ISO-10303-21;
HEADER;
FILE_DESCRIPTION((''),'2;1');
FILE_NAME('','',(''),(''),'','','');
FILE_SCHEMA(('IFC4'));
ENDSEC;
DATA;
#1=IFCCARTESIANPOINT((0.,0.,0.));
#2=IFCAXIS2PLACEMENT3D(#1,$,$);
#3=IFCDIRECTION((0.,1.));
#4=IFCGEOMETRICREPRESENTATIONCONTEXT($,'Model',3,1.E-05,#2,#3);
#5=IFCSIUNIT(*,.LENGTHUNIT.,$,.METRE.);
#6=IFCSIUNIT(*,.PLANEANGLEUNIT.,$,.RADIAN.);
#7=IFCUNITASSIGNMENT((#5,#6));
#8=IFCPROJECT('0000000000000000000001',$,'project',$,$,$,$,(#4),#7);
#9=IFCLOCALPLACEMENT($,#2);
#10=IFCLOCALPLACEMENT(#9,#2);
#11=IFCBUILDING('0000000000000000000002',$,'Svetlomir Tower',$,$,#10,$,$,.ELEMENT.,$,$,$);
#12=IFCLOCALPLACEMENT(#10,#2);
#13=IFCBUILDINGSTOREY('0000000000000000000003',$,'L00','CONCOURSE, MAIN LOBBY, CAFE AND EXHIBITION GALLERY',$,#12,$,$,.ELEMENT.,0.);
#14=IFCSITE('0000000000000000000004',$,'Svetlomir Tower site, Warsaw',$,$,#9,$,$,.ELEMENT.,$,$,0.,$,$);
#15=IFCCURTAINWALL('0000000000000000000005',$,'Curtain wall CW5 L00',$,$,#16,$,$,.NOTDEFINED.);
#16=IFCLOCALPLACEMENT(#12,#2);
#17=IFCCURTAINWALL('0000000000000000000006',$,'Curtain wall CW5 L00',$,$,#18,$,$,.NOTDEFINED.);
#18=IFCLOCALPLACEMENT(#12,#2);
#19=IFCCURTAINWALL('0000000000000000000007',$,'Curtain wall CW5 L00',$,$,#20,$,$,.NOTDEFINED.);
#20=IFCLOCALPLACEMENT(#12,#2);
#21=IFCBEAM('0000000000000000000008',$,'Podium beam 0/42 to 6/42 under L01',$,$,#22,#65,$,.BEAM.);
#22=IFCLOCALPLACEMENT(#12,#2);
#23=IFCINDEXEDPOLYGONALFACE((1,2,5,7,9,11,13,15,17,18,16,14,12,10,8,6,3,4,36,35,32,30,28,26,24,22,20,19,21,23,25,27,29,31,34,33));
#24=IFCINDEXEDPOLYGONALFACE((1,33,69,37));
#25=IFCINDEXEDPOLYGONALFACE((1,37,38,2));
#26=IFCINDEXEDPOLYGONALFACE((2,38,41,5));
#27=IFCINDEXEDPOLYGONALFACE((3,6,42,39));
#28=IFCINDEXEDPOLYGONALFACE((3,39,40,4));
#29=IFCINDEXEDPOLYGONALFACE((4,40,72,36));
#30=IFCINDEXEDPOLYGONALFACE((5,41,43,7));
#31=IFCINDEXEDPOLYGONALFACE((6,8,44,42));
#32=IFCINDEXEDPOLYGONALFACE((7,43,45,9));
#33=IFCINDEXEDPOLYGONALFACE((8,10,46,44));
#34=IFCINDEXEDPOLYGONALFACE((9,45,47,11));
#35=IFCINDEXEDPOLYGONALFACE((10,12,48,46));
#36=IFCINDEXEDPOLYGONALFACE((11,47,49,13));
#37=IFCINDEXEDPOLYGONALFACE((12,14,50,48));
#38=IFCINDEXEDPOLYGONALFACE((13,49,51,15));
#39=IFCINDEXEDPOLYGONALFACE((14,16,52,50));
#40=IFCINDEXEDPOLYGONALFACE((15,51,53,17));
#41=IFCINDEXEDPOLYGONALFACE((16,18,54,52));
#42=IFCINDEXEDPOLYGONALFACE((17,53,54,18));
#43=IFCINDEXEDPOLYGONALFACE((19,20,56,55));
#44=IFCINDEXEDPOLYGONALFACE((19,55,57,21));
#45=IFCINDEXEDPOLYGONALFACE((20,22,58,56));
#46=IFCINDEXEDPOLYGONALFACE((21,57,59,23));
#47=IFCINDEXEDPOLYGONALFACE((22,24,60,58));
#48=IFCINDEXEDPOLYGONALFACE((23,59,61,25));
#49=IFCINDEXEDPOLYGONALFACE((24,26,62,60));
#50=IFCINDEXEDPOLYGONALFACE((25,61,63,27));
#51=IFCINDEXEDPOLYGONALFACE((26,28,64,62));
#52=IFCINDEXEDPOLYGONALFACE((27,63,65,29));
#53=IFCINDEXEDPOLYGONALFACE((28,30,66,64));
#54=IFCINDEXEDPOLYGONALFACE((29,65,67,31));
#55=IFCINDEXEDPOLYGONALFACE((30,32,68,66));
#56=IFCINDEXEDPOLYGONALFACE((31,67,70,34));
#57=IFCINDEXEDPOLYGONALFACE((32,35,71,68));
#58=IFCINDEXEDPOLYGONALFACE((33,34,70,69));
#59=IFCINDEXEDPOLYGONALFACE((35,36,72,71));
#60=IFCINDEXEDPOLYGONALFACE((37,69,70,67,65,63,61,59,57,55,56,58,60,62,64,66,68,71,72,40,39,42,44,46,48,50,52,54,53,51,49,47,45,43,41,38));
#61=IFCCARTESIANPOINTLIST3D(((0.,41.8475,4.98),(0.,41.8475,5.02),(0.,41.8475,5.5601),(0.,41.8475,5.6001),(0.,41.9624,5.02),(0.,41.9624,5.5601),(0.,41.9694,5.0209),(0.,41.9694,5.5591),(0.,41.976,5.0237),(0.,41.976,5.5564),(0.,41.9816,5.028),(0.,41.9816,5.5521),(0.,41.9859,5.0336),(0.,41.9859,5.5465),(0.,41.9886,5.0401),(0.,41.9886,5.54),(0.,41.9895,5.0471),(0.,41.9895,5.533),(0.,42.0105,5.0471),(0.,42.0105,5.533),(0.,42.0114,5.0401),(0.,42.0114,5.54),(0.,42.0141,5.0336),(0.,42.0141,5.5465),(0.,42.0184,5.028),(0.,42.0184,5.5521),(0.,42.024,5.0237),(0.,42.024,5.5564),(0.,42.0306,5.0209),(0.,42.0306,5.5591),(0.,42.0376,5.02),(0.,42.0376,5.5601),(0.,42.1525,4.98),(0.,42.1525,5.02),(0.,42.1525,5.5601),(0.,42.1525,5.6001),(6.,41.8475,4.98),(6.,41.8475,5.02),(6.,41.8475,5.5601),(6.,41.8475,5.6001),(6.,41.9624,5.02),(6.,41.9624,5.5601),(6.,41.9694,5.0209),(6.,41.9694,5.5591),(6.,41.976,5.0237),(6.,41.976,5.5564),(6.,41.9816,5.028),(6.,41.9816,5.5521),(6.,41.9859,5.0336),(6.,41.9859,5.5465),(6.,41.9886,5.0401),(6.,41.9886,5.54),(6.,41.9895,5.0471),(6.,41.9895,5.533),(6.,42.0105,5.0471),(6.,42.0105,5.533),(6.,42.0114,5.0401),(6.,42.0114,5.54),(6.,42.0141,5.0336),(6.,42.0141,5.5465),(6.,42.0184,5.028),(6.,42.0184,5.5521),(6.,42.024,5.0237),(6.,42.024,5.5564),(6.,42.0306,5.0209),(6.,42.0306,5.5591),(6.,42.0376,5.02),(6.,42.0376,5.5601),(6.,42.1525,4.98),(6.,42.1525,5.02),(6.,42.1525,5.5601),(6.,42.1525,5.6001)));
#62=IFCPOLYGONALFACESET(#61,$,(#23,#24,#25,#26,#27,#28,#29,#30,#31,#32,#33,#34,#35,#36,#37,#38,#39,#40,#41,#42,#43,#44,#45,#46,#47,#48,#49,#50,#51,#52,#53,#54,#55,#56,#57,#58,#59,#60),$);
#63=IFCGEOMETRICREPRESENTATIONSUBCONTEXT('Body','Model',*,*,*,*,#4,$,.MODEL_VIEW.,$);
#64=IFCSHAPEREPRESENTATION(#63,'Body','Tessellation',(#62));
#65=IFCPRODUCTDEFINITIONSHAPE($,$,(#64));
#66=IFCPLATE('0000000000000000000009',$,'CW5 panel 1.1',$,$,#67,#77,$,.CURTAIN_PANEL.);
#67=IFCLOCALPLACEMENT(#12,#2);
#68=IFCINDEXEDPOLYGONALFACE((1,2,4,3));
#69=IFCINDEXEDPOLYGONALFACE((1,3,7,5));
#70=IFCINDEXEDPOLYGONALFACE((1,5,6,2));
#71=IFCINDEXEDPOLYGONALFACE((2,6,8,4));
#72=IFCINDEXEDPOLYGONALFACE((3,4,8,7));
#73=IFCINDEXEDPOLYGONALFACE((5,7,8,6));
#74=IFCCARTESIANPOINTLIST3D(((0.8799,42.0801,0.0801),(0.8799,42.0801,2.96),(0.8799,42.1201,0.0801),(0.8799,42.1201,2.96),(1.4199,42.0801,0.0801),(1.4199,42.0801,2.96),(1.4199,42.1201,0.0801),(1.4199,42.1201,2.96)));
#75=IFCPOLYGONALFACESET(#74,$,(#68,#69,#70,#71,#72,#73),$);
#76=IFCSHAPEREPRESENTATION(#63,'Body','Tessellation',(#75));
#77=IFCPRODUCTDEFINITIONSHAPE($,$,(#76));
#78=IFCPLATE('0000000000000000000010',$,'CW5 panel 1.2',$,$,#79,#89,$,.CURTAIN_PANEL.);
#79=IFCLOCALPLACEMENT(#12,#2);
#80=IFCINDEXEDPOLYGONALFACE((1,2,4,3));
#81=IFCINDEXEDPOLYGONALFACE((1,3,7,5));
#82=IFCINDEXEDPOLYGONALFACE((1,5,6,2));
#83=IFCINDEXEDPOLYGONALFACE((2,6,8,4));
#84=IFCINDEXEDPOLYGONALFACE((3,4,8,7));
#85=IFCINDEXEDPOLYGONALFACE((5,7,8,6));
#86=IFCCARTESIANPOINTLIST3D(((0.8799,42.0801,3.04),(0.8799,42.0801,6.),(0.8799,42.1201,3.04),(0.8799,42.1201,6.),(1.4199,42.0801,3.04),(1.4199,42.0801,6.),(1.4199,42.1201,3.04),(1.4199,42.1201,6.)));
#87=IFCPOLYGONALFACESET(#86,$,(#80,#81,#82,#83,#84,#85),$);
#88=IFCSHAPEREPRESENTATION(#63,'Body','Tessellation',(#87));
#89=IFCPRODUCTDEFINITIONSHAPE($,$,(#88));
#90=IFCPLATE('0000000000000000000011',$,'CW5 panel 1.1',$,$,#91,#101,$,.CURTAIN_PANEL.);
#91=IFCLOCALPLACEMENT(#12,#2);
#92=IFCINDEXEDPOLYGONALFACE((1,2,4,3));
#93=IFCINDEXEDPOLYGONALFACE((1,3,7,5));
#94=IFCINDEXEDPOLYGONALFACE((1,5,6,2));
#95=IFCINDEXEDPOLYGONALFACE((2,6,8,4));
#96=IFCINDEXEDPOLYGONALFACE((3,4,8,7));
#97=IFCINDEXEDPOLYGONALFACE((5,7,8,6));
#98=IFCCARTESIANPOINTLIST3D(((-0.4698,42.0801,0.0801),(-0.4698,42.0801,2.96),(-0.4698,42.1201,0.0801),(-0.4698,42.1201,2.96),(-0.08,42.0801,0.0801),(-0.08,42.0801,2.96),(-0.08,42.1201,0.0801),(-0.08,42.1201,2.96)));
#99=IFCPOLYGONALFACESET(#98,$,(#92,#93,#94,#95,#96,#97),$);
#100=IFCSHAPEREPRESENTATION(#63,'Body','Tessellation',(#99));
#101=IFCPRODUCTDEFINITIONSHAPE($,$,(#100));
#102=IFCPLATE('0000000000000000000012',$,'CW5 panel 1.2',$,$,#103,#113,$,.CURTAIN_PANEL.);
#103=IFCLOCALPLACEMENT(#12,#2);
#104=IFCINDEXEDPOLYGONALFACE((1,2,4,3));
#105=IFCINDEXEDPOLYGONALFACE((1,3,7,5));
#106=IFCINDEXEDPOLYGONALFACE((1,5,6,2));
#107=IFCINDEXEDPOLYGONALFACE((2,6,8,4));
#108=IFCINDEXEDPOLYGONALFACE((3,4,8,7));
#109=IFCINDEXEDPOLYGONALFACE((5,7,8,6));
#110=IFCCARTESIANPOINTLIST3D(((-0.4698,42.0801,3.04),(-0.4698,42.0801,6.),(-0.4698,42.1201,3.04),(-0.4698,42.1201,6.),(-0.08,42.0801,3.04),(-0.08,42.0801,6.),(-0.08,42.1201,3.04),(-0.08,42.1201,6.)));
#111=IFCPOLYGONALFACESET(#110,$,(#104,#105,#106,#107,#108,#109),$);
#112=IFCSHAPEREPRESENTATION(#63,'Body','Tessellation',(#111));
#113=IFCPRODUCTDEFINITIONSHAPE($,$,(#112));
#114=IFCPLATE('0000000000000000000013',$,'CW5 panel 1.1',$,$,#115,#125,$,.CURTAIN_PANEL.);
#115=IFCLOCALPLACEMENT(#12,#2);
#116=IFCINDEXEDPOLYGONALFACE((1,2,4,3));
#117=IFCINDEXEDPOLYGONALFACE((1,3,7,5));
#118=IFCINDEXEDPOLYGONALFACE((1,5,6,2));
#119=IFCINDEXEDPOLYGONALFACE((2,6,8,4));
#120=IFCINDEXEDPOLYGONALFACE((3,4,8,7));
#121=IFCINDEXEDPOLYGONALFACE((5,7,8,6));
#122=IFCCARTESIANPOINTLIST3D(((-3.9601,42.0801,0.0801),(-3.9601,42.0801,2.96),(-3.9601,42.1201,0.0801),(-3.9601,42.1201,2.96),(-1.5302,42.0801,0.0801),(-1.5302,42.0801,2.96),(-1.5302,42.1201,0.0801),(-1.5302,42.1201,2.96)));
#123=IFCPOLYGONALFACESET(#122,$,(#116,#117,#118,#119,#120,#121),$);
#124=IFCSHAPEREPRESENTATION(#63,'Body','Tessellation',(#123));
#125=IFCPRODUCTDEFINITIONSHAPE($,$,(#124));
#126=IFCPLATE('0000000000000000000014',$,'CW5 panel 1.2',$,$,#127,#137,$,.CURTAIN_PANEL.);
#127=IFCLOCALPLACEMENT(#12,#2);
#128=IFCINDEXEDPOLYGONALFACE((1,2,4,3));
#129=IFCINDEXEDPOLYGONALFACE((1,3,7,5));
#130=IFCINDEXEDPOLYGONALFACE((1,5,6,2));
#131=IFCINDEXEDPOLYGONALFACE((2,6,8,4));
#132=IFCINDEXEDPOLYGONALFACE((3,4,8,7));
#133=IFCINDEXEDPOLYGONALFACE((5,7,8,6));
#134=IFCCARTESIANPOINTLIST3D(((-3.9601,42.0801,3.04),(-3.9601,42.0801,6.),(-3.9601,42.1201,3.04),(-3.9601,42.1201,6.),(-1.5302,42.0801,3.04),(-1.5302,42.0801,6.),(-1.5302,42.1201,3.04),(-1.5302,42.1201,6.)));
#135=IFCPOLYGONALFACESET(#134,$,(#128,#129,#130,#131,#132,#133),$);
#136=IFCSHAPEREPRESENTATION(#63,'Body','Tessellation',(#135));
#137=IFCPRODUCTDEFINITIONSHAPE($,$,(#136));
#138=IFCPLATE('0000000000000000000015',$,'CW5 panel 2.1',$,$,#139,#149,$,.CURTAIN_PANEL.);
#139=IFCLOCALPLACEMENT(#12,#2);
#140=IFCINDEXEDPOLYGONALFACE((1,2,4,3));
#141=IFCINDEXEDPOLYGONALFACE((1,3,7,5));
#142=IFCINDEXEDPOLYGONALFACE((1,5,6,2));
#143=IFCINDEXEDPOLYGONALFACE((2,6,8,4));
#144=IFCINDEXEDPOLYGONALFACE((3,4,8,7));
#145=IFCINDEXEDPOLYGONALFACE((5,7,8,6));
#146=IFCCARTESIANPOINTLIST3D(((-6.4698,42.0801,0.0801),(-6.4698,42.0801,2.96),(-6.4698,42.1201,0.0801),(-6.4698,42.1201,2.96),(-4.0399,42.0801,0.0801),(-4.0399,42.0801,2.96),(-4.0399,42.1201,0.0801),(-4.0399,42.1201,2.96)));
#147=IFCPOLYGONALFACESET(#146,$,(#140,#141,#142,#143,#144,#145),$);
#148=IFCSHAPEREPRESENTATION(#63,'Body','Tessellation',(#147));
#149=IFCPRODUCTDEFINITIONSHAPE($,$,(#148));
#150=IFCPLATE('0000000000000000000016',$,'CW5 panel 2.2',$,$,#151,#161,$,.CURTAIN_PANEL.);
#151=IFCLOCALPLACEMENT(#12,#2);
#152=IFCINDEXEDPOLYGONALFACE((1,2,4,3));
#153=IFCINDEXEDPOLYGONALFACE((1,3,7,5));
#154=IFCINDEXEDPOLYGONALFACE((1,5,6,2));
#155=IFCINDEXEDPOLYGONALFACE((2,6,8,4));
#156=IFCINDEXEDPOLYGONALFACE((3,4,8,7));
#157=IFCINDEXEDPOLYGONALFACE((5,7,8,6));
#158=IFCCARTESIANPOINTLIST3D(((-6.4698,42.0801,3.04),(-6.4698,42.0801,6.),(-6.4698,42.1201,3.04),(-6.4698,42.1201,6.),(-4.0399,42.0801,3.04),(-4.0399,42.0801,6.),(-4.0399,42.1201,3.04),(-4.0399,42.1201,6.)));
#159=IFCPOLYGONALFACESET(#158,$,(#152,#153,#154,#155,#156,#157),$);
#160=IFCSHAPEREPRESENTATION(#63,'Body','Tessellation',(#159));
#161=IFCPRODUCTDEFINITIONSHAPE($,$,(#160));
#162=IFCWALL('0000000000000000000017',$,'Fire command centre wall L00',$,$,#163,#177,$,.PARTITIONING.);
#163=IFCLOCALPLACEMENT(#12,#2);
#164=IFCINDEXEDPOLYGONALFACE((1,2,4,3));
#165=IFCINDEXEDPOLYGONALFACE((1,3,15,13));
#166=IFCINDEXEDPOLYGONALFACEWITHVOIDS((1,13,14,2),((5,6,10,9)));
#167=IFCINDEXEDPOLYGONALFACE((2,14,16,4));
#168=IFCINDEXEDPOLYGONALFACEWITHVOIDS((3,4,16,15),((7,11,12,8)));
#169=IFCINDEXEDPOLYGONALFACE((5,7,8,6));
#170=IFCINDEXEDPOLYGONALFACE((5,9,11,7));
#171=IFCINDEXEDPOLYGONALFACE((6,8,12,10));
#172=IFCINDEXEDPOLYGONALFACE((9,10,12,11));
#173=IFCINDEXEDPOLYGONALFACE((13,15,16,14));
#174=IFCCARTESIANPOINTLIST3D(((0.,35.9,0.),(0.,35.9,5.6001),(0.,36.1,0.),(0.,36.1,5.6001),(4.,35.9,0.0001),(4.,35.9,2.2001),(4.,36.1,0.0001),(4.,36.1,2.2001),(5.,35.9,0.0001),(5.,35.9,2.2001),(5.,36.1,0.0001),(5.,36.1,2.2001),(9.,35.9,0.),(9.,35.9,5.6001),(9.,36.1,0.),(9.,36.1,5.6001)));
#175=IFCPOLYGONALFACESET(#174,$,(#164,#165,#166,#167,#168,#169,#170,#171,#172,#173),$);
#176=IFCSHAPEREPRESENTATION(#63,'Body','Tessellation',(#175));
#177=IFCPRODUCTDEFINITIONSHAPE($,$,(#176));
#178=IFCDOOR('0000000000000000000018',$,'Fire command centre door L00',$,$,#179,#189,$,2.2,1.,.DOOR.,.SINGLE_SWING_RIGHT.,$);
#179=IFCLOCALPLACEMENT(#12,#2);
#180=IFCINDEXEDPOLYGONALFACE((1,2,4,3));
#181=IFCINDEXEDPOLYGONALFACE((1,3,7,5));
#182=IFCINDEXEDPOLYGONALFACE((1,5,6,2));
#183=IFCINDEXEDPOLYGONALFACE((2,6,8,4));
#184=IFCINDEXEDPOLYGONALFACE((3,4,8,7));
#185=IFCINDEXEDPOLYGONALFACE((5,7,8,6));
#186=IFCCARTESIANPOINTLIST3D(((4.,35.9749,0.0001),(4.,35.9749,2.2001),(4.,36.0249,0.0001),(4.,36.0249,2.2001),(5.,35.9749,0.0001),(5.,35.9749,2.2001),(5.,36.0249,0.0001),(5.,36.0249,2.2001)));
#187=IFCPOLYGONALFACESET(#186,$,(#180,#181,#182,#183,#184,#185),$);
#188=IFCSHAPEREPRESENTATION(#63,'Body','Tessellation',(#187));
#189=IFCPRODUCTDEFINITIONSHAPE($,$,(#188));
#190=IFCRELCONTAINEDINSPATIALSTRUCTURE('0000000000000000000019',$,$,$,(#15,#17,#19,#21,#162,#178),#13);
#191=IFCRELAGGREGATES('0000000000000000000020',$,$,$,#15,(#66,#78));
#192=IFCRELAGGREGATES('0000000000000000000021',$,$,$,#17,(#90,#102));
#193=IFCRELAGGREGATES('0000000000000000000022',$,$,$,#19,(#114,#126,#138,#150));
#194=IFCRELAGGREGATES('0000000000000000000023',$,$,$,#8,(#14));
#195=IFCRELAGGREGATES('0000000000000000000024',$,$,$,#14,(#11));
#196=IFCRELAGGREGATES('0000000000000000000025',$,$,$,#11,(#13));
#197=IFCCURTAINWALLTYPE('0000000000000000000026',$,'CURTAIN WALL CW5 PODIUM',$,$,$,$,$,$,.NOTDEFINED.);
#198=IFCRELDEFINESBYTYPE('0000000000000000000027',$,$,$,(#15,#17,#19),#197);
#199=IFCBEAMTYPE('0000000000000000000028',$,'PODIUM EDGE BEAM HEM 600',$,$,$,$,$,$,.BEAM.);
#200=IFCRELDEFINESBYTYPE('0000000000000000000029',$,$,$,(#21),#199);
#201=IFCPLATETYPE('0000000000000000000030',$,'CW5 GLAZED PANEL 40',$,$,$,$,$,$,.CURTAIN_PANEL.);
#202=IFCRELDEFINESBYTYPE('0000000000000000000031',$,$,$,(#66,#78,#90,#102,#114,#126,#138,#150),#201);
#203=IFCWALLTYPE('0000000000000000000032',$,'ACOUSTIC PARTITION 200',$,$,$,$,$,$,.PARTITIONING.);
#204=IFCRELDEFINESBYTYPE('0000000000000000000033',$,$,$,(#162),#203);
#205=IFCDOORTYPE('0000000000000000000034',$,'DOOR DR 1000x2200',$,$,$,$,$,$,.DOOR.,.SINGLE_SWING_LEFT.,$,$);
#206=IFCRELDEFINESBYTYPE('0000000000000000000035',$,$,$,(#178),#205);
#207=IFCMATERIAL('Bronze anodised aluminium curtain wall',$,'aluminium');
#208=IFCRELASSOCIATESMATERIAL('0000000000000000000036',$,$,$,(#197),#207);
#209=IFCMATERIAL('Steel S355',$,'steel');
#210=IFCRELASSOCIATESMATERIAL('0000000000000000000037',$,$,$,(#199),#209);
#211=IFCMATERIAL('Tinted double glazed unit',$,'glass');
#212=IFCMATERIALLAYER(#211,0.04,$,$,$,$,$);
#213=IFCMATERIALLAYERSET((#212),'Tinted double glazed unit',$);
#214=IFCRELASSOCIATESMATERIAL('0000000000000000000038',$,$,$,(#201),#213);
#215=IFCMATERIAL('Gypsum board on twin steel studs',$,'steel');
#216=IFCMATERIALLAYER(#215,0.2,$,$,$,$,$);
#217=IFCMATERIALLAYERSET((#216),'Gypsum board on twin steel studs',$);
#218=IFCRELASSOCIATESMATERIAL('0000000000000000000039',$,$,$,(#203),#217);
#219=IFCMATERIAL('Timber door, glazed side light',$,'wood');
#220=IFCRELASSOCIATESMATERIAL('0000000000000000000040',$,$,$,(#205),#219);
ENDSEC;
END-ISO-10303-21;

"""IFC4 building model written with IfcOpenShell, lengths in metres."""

from ifc_helpers import new_model, si_unit, direction, frame, frame_2d, origin, origin_2d, place, context, subcontext, project, spatial, rectangle, i_section, extrude, material, layer, layer_set, material_profile, profile_set, type_object, element, fill, aggregate, save


model = new_model("IFC4")

# Units and contexts
model_context = context("Model", 3, precision=1e-05, world=origin(), true_north=direction((0.0, 1.0)))
body_context = subcontext(model_context, "Body", "Model", "MODEL_VIEW")
ifc_project = project(units=[si_unit("LENGTHUNIT", "METRE"), si_unit("PLANEANGLEUNIT", "RADIAN")], contexts=[model_context])

# Site, building, storey
site_placement = place(None, origin())
site = spatial("IfcSite", under=ifc_project, at=site_placement, Name="Svetlomir Tower site, Warsaw", CompositionType="ELEMENT", RefElevation=0.0)
building_placement = place(site_placement, origin())
building = spatial("IfcBuilding", under=site, at=building_placement, Name="Svetlomir Tower", CompositionType="ELEMENT")
storey_placement = place(building_placement, origin())
storey = spatial("IfcBuildingStorey", under=building, at=storey_placement, Name="L00", Description="CONCOURSE, MAIN LOBBY, CAFE AND EXHIBITION GALLERY", CompositionType="ELEMENT", Elevation=0.0)

# Curtain wall
ifc_material_1 = material(Name="Bronze anodised aluminium curtain wall", Category="aluminium")
curtain_wall_type = type_object("IfcCurtainWallType", Name="CURTAIN WALL CW5 PODIUM", PredefinedType="NOTDEFINED", material=ifc_material_1)
curtain_wall_1_placement = place(storey_placement, origin())
curtain_wall_1 = element("IfcCurtainWall", 1, at=curtain_wall_1_placement, inside=storey, type_object=curtain_wall_type, Name="Curtain wall CW5 L00", PredefinedType="NOTDEFINED")

# Curtain walls
curtain_wall_2_placement = place(storey_placement, origin())
curtain_wall_2 = element("IfcCurtainWall", 2, at=curtain_wall_2_placement, inside=storey, type_object=curtain_wall_type, Name="Curtain wall CW5 L00", PredefinedType="NOTDEFINED")
curtain_wall_3_placement = place(storey_placement, origin())
curtain_wall_3 = element("IfcCurtainWall", 3, at=curtain_wall_3_placement, inside=storey, type_object=curtain_wall_type, Name="Curtain wall CW5 L00", PredefinedType="NOTDEFINED")

# Beam
ifc_material_2 = material(Name="Steel S355", Category="steel")
ifc_material_profile_1 = material_profile(ifc_material_2, i_section(OverallWidth=0.3049, OverallDepth=0.6201, WebThickness=0.021, FlangeThickness=0.04, FilletRadius=0.0271, at=origin_2d()), Name="HEM 600")
ifc_profile_set_1 = profile_set([ifc_material_profile_1], Name="Steel S355")
beam_type_1 = type_object("IfcBeamType", Name="PODIUM EDGE BEAM HEM 600", PredefinedType="BEAM", material=ifc_profile_set_1)
for number, where, z_axis, x_axis, name in (
    (4, (0.0, 42.0, 5.29), (1.0, 0.0, 0.0), (0.0, 1.0, 0.0), "Podium beam 0/42 to 6/42 under L01"),
):
    element("IfcBeam", number, at=place(storey_placement, frame(where, z_axis=z_axis, x_axis=x_axis)), inside=storey, type_object=beam_type_1, Name=name, PredefinedType="BEAM", context=body_context, shape_type="SweptSolid", body=[
        extrude(i_section(OverallWidth=0.3049, OverallDepth=0.6201, WebThickness=0.021, FlangeThickness=0.04, FilletRadius=0.0271, at=origin_2d()), origin(), (0.0, 0.0, 1.0), 6.0),
    ])

# Plates
ifc_material_3 = material(Name="Tinted double glazed unit", Category="glass")
ifc_layer_1 = layer(ifc_material_3, 0.04)
ifc_layer_set_1 = layer_set([ifc_layer_1], Name="Tinted double glazed unit")
plate_type = type_object("IfcPlateType", Name="CW5 GLAZED PANEL 40", PredefinedType="CURTAIN_PANEL", material=ifc_layer_set_1)
plate_1_placement = place(storey_placement, frame((1.1499, 42.1001, 0.0801), z_axis=(0.0, 0.0, 1.0), x_axis=(-1.0, 0.0, 0.0)))
plate_1 = element("IfcPlate", 5, at=plate_1_placement, type_object=plate_type, Name="CW5 panel 1.1", PredefinedType="CURTAIN_PANEL", context=body_context, shape_type="SweptSolid", body=[
    extrude(rectangle(XDim=0.54, YDim=0.04, at=origin_2d()), origin(), (0.0, 0.0, 1.0), 2.8799),
])
plate_2_placement = place(storey_placement, frame((1.1499, 42.1001, 3.04), z_axis=(0.0, 0.0, 1.0), x_axis=(-1.0, 0.0, 0.0)))
plate_2 = element("IfcPlate", 6, at=plate_2_placement, type_object=plate_type, Name="CW5 panel 1.2", PredefinedType="CURTAIN_PANEL", context=body_context, shape_type="SweptSolid", body=[
    extrude(rectangle(XDim=0.54, YDim=0.04, at=origin_2d()), origin(), (0.0, 0.0, 1.0), 2.96),
])
aggregate(curtain_wall_1, [plate_1, plate_2])
plate_3_placement = place(storey_placement, frame((-0.2749, 42.1001, 0.0801), z_axis=(0.0, 0.0, 1.0), x_axis=(-1.0, 0.0, 0.0)))
plate_3 = element("IfcPlate", 7, at=plate_3_placement, type_object=plate_type, Name="CW5 panel 1.1", PredefinedType="CURTAIN_PANEL", context=body_context, shape_type="SweptSolid", body=[
    extrude(rectangle(XDim=0.3899, YDim=0.04, at=origin_2d()), origin(), (0.0, 0.0, 1.0), 2.8799),
])
plate_4_placement = place(storey_placement, frame((-0.2749, 42.1001, 3.04), z_axis=(0.0, 0.0, 1.0), x_axis=(-1.0, 0.0, 0.0)))
plate_4 = element("IfcPlate", 8, at=plate_4_placement, type_object=plate_type, Name="CW5 panel 1.2", PredefinedType="CURTAIN_PANEL", context=body_context, shape_type="SweptSolid", body=[
    extrude(rectangle(XDim=0.3899, YDim=0.04, at=origin_2d()), origin(), (0.0, 0.0, 1.0), 2.96),
])
aggregate(curtain_wall_2, [plate_3, plate_4])
plate_5_placement = place(storey_placement, frame((-2.7451, 42.1001, 0.0801), z_axis=(0.0, 0.0, 1.0), x_axis=(-1.0, 0.0, 0.0)))
plate_5 = element("IfcPlate", 9, at=plate_5_placement, type_object=plate_type, Name="CW5 panel 1.1", PredefinedType="CURTAIN_PANEL", context=body_context, shape_type="SweptSolid", body=[
    extrude(rectangle(XDim=2.4299, YDim=0.04, at=origin_2d()), origin(), (0.0, 0.0, 1.0), 2.8799),
])
plate_6_placement = place(storey_placement, frame((-2.7451, 42.1001, 3.04), z_axis=(0.0, 0.0, 1.0), x_axis=(-1.0, 0.0, 0.0)))
plate_6 = element("IfcPlate", 10, at=plate_6_placement, type_object=plate_type, Name="CW5 panel 1.2", PredefinedType="CURTAIN_PANEL", context=body_context, shape_type="SweptSolid", body=[
    extrude(rectangle(XDim=2.4299, YDim=0.04, at=origin_2d()), origin(), (0.0, 0.0, 1.0), 2.96),
])
plate_7_placement = place(storey_placement, frame((-5.2549, 42.1001, 0.0801), z_axis=(0.0, 0.0, 1.0), x_axis=(-1.0, 0.0, 0.0)))
plate_7 = element("IfcPlate", 11, at=plate_7_placement, type_object=plate_type, Name="CW5 panel 2.1", PredefinedType="CURTAIN_PANEL", context=body_context, shape_type="SweptSolid", body=[
    extrude(rectangle(XDim=2.4299, YDim=0.04, at=origin_2d()), origin(), (0.0, 0.0, 1.0), 2.8799),
])
plate_8_placement = place(storey_placement, frame((-5.2549, 42.1001, 3.04), z_axis=(0.0, 0.0, 1.0), x_axis=(-1.0, 0.0, 0.0)))
plate_8 = element("IfcPlate", 12, at=plate_8_placement, type_object=plate_type, Name="CW5 panel 2.2", PredefinedType="CURTAIN_PANEL", context=body_context, shape_type="SweptSolid", body=[
    extrude(rectangle(XDim=2.4299, YDim=0.04, at=origin_2d()), origin(), (0.0, 0.0, 1.0), 2.96),
])
aggregate(curtain_wall_3, [plate_5, plate_6, plate_7, plate_8])

# Wall, opening, door
ifc_material_4 = material(Name="Gypsum board on twin steel studs", Category="steel")
ifc_layer_2 = layer(ifc_material_4, 0.2)
ifc_layer_set_2 = layer_set([ifc_layer_2], Name="Gypsum board on twin steel studs")
wall_type = type_object("IfcWallType", Name="ACOUSTIC PARTITION 200", PredefinedType="PARTITIONING", material=ifc_layer_set_2)
wall_placement = place(storey_placement, frame((0.0, 36.0, 0.0), z_axis=(0.0, 0.0, 1.0), x_axis=(1.0, 0.0, 0.0)))
wall = element("IfcWall", 13, at=wall_placement, inside=storey, type_object=wall_type, Name="Fire command centre wall L00", PredefinedType="PARTITIONING", context=body_context, shape_type="SweptSolid", body=[
    extrude(rectangle(XDim=9.0, YDim=0.2, at=frame_2d((4.5, 0.0))), origin(), (0.0, 0.0, 1.0), 5.6001),
])
opening_placement = place(wall_placement, frame((4.0, 0.0, 0.0)))
opening = element("IfcOpeningElement", 14, at=opening_placement, cuts=wall, PredefinedType="OPENING", context=body_context, shape_type="SweptSolid", body=[
    extrude(rectangle(XDim=1.0, YDim=2.2, at=frame_2d((0.5, 1.1001))), frame((0.0, 0.1099, 0.0), z_axis=(0.0, -1.0, 0.0), x_axis=(1.0, 0.0, 0.0)), (0.0, 0.0, 1.0), 0.22),
])
ifc_material_5 = material(Name="Timber door, glazed side light", Category="wood")
door_type = type_object("IfcDoorType", Name="DOOR DR 1000x2200", OperationType="SINGLE_SWING_LEFT", PredefinedType="DOOR", material=ifc_material_5)
door_placement = place(opening_placement, origin())
door = element("IfcDoor", 15, at=door_placement, inside=storey, type_object=door_type, Name="Fire command centre door L00", OperationType="SINGLE_SWING_RIGHT", OverallHeight=2.2, OverallWidth=1.0, PredefinedType="DOOR", context=body_context, shape_type="SweptSolid", body=[
    extrude(rectangle(XDim=1.0, YDim=2.2, at=frame_2d((0.5, 1.1001))), frame((0.0, 0.0249, 0.0), z_axis=(0.0, -1.0, 0.0), x_axis=(1.0, 0.0, 0.0)), (0.0, 0.0, 1.0), 0.05),
])
fill(opening, door)

save(model, "model.ifc")
